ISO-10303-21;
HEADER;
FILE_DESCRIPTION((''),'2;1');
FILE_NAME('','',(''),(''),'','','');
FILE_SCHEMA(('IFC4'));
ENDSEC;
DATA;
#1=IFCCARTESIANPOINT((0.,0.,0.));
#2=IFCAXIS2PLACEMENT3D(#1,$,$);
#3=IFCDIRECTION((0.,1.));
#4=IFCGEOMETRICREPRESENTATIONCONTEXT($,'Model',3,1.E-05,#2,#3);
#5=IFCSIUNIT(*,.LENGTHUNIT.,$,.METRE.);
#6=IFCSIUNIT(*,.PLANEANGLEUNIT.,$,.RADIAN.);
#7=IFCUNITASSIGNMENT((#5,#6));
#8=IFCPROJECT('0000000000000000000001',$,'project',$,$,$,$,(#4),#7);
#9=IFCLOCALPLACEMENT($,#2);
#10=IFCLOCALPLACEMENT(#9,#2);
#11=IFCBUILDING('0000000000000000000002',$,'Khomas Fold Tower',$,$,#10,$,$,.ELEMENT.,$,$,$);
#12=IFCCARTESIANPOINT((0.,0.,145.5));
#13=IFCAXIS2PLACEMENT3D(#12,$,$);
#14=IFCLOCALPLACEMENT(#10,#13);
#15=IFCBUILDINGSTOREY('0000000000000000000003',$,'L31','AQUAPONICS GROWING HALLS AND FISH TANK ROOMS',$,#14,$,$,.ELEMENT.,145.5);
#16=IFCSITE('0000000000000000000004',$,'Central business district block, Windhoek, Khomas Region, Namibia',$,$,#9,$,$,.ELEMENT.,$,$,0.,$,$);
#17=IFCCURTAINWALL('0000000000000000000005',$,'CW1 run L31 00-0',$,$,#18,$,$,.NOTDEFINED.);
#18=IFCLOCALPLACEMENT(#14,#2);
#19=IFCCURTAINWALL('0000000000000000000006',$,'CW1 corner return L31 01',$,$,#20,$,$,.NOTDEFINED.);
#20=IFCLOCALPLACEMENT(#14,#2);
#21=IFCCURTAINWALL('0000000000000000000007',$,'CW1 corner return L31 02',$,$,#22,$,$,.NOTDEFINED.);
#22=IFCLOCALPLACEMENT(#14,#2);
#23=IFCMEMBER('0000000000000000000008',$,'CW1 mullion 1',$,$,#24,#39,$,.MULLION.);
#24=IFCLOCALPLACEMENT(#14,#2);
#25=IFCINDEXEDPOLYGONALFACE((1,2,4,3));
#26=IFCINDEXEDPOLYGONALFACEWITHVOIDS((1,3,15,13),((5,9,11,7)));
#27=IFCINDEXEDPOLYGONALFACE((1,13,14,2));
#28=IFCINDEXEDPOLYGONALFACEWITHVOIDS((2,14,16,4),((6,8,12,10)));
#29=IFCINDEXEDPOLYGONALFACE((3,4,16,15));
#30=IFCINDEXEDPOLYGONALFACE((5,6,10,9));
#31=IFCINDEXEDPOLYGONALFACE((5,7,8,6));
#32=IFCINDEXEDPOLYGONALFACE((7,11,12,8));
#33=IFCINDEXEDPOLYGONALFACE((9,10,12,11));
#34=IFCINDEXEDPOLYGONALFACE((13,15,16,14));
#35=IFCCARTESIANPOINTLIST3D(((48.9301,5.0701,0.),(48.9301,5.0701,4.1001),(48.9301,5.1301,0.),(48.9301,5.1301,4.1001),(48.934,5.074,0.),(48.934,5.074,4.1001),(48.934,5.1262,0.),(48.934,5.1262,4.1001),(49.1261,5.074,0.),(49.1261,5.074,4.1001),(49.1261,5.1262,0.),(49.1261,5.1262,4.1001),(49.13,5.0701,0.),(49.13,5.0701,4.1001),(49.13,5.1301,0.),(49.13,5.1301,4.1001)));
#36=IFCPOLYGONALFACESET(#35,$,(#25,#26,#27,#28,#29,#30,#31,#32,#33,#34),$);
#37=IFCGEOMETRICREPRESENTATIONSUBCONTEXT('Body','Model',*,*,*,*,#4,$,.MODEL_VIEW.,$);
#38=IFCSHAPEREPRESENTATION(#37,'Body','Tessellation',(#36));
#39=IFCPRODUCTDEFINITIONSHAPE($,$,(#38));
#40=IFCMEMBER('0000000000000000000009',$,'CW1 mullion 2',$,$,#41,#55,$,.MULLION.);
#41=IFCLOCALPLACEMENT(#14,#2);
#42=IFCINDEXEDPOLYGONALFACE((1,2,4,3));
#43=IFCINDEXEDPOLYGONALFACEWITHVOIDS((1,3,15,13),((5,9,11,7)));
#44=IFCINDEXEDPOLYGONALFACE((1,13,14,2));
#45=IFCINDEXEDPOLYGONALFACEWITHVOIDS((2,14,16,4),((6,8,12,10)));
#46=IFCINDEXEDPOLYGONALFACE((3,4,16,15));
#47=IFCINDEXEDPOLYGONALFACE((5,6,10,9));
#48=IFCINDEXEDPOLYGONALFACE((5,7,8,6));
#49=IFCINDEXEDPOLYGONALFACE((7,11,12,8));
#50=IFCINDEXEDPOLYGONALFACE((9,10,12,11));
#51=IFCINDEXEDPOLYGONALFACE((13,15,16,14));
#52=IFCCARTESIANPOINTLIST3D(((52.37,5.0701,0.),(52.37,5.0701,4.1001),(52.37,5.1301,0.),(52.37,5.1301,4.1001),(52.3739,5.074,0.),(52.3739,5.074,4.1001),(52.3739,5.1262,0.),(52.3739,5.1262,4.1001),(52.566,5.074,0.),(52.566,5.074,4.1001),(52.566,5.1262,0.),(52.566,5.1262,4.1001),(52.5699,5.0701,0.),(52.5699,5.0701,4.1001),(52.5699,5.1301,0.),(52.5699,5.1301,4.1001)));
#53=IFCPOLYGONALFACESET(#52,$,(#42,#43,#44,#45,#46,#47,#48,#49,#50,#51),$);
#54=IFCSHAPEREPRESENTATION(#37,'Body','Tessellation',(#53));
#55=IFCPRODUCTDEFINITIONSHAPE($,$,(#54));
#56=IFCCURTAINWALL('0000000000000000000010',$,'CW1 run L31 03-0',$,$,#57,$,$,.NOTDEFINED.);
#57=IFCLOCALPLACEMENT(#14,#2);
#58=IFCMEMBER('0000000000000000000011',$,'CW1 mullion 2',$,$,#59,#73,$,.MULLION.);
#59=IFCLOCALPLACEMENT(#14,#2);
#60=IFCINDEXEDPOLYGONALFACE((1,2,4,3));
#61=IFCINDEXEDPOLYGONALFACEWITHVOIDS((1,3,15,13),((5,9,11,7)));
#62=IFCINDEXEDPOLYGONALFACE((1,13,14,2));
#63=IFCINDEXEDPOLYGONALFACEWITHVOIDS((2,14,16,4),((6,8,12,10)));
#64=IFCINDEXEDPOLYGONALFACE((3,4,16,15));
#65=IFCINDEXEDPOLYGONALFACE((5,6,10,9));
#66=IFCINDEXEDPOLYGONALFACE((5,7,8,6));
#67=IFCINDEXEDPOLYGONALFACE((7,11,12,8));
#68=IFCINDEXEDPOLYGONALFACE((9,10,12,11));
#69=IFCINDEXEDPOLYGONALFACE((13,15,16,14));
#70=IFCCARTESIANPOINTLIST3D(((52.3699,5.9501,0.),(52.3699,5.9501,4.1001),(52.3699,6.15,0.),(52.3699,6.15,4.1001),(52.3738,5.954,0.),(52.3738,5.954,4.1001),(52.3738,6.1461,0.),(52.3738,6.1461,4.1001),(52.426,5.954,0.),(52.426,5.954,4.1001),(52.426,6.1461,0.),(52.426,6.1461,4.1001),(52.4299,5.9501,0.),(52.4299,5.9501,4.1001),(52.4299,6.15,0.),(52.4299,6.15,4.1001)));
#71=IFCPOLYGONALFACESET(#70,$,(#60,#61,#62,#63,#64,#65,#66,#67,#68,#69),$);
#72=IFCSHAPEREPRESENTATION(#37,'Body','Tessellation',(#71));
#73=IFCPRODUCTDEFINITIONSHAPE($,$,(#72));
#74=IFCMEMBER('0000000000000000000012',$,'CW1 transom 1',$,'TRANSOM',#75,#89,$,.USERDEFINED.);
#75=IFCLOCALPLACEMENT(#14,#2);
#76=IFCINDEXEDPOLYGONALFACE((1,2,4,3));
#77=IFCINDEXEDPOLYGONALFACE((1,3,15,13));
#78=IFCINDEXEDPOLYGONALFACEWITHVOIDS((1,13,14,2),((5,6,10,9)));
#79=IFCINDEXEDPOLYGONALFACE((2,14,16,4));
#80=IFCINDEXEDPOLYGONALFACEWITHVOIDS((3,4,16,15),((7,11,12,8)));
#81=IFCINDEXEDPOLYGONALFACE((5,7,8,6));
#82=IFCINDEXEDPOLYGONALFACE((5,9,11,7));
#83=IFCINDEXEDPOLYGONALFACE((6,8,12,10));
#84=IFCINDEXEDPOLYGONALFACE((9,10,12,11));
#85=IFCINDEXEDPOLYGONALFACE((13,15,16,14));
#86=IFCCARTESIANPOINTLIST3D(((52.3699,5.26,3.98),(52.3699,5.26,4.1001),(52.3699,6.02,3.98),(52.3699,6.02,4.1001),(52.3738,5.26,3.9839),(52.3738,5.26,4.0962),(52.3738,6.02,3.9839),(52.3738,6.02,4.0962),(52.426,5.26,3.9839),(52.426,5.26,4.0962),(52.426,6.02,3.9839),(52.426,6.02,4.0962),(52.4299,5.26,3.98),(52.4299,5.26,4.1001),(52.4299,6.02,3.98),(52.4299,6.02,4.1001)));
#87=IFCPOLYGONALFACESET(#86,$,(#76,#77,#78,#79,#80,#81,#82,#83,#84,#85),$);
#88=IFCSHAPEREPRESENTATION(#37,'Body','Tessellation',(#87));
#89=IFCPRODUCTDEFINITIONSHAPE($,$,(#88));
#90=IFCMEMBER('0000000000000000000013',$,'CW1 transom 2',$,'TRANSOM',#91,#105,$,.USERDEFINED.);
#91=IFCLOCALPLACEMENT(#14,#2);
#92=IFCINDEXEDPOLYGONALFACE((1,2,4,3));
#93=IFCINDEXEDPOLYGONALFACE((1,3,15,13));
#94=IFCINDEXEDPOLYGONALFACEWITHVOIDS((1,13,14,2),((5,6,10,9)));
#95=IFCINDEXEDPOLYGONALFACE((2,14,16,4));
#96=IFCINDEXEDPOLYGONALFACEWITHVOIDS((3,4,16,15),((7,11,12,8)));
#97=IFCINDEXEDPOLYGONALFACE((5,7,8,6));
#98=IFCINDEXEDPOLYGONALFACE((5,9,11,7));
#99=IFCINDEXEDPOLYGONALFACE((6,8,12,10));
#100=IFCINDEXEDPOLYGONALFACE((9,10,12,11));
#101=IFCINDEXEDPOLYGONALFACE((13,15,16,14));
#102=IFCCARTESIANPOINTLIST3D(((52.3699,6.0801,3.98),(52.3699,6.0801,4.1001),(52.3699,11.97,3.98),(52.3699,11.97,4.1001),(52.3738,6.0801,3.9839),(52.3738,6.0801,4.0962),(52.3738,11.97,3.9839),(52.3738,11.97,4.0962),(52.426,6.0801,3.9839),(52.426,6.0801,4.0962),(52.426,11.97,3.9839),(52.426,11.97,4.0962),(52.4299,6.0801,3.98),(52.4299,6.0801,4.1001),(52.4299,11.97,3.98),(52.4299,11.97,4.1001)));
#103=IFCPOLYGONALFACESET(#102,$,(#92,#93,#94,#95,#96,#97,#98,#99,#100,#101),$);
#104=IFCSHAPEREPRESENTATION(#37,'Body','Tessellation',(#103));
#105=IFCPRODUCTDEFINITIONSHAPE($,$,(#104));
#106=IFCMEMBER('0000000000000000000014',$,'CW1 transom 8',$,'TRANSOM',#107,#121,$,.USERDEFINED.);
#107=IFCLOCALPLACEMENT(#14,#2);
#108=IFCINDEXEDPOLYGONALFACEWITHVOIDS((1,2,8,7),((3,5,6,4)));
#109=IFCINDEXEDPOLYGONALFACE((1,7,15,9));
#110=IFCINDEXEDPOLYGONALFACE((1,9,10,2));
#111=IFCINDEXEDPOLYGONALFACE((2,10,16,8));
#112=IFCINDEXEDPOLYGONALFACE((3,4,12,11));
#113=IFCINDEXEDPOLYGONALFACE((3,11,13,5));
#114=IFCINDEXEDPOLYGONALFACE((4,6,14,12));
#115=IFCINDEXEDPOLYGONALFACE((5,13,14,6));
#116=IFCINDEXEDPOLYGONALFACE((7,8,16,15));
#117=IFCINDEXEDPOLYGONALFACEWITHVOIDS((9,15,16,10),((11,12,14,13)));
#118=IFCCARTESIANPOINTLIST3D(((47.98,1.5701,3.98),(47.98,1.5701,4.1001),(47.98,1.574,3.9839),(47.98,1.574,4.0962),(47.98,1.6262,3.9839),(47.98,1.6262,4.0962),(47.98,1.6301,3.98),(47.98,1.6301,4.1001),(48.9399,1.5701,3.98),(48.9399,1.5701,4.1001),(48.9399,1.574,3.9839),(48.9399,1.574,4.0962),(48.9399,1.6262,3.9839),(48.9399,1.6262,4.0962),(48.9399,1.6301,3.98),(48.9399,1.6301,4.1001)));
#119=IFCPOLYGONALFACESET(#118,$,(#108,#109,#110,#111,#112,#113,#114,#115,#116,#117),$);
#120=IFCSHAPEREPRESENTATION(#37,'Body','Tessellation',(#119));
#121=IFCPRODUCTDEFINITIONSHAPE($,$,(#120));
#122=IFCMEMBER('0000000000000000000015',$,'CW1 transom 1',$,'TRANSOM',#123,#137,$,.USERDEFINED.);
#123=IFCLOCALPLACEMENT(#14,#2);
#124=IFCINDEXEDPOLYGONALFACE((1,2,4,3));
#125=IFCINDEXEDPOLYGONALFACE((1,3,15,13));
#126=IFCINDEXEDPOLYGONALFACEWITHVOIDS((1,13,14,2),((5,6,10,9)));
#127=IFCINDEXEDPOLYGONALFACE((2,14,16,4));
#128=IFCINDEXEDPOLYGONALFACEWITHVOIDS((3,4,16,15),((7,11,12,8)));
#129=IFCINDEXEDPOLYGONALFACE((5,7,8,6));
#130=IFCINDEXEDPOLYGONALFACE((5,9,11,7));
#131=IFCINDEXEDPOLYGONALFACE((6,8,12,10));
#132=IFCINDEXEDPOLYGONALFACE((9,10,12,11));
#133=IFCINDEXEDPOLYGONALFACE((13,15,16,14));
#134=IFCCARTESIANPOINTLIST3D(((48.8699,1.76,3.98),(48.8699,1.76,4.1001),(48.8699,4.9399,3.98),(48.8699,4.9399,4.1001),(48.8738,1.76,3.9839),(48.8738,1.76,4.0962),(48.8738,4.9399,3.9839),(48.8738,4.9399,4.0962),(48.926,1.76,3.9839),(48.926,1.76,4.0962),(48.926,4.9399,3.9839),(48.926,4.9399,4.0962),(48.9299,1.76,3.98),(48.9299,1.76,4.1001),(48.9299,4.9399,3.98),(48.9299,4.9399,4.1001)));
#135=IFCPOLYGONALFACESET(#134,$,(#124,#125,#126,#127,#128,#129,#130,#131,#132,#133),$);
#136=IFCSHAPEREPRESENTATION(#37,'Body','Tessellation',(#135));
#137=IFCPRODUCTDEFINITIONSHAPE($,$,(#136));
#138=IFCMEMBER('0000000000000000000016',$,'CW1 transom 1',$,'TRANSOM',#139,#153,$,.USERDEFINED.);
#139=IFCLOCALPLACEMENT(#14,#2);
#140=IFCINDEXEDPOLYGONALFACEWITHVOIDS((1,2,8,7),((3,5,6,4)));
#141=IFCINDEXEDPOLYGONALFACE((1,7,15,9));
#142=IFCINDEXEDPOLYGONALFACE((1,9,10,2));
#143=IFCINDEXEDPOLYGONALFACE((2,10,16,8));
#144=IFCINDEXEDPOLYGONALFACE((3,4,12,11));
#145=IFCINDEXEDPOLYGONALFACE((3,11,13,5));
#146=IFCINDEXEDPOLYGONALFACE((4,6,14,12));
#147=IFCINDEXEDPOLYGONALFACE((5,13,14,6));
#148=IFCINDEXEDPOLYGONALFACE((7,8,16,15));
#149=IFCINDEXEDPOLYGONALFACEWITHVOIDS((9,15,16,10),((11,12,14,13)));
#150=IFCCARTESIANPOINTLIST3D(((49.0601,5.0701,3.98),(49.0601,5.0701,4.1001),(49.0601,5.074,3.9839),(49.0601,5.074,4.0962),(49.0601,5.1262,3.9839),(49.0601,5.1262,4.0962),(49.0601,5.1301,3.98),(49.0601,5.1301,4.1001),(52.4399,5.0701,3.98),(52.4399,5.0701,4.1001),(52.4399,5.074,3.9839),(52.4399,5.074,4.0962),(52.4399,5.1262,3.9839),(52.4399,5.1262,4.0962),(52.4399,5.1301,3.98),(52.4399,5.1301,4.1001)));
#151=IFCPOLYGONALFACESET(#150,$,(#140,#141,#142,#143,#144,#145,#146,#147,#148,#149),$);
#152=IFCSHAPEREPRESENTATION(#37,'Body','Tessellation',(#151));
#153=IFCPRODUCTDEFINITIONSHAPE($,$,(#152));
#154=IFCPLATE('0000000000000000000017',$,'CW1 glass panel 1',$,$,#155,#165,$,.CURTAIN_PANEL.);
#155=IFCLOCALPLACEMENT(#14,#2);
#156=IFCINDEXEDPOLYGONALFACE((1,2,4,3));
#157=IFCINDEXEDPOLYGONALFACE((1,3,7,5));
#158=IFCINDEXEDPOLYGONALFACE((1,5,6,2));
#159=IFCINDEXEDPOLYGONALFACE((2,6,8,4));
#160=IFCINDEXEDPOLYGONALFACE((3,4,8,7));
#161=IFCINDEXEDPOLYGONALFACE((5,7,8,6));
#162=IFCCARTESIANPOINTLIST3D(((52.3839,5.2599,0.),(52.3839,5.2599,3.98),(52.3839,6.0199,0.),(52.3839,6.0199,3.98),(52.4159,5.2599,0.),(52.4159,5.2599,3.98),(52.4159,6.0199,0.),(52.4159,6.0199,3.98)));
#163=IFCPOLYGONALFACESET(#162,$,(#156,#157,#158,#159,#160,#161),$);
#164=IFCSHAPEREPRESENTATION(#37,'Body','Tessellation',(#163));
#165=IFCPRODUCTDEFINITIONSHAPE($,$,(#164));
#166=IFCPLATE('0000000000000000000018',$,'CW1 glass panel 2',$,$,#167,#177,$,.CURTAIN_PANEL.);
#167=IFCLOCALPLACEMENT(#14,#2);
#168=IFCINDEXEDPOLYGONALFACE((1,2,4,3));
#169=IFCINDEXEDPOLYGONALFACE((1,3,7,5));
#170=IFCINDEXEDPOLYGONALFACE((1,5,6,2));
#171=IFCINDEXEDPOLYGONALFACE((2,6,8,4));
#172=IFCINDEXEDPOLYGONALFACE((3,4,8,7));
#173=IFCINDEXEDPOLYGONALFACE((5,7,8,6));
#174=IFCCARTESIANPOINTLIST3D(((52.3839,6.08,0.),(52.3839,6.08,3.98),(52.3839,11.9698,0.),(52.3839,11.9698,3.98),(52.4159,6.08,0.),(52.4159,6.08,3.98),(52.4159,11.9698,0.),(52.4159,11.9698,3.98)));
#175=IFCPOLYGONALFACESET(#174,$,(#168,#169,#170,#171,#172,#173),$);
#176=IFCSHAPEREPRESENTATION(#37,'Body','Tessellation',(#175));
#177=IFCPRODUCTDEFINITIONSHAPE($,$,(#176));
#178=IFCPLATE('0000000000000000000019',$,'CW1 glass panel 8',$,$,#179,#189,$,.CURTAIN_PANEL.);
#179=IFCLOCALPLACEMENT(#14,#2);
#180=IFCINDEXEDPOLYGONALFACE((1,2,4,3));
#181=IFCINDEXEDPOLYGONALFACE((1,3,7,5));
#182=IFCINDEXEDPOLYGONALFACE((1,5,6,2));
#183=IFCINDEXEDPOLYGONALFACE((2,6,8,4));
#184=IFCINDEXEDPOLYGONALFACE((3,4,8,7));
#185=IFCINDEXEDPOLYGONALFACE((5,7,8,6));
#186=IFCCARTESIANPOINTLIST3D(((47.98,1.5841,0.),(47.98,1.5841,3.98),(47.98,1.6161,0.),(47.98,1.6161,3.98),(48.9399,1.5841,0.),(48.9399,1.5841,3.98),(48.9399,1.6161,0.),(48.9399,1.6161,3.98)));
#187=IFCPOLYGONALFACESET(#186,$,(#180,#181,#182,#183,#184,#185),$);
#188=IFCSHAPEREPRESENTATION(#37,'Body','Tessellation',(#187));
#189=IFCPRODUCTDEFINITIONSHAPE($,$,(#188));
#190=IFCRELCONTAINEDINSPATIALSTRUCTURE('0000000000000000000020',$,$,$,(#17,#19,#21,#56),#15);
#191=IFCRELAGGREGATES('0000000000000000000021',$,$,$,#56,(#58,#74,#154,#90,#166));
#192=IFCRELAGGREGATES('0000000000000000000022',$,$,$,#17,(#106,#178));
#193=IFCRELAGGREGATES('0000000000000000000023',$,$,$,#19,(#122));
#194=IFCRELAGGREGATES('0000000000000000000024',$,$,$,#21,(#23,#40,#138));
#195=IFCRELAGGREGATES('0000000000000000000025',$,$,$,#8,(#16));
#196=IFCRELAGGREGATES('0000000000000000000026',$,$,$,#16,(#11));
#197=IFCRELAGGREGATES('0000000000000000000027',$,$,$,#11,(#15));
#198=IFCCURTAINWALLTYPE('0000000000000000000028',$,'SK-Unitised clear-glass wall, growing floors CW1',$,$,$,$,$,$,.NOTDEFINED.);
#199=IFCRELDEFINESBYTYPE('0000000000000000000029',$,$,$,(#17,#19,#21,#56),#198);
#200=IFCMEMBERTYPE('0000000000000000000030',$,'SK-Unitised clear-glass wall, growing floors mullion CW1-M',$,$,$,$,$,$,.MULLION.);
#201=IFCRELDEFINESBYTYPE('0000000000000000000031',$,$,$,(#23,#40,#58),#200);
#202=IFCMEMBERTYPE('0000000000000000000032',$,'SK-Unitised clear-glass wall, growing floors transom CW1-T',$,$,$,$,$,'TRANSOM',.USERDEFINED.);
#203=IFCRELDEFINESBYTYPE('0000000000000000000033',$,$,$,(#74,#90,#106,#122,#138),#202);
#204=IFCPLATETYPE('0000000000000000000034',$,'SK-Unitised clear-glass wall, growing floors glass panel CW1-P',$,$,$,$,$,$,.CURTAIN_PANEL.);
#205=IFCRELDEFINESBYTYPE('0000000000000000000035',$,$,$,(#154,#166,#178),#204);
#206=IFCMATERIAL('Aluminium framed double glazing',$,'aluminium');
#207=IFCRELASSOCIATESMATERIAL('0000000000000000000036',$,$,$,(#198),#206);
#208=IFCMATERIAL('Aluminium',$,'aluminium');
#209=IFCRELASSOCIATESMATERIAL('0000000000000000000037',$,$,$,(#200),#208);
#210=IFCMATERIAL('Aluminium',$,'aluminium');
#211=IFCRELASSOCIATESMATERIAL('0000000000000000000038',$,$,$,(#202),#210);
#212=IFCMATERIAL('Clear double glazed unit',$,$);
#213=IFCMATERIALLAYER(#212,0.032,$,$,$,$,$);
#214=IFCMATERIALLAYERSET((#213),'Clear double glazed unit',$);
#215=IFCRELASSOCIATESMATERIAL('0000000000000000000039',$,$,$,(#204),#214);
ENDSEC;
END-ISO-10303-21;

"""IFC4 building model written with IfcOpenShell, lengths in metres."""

from ifc_helpers import new_model, si_unit, direction, frame, origin, origin_2d, place, context, subcontext, project, spatial, rectangle, hollow_rectangle, extrude, source, transform, mapped, material, layer, layer_set, material_profile, profile_set, type_object, element, aggregate, save


model = new_model("IFC4")

# Units and contexts
model_context = context("Model", 3, precision=1e-05, world=origin(), true_north=direction((0.0, 1.0)))
body_context = subcontext(model_context, "Body", "Model", "MODEL_VIEW")
ifc_project = project(units=[si_unit("LENGTHUNIT", "METRE"), si_unit("PLANEANGLEUNIT", "RADIAN")], contexts=[model_context])

# Site, building, storey
site_placement = place(None, origin())
site = spatial("IfcSite", under=ifc_project, at=site_placement, Name="Central business district block, Windhoek, Khomas Region, Namibia", CompositionType="ELEMENT", RefElevation=0.0)
building_placement = place(site_placement, origin())
building = spatial("IfcBuilding", under=site, at=building_placement, Name="Khomas Fold Tower", CompositionType="ELEMENT")
storey_placement = place(building_placement, frame((0.0, 0.0, 145.5)))
storey = spatial("IfcBuildingStorey", under=building, at=storey_placement, Name="L31", Description="AQUAPONICS GROWING HALLS AND FISH TANK ROOMS", CompositionType="ELEMENT", Elevation=145.5)

# Curtain wall
ifc_material_1 = material(Name="Aluminium framed double glazing", Category="aluminium")
curtain_wall_type = type_object("IfcCurtainWallType", Name="SK-Unitised clear-glass wall, growing floors CW1", PredefinedType="NOTDEFINED", material=ifc_material_1)
curtain_wall_1_placement = place(storey_placement, origin())
curtain_wall_1 = element("IfcCurtainWall", 1, at=curtain_wall_1_placement, inside=storey, type_object=curtain_wall_type, Name="CW1 run L31 00-0", PredefinedType="NOTDEFINED")
ifc_material_2 = material(Name="Aluminium", Category="aluminium")
ifc_material_profile_1 = material_profile(ifc_material_2, hollow_rectangle(XDim=0.0601, YDim=0.2, WallThickness=0.0039, at=origin_2d()), Name="SK-Unitised clear-glass wall, growing floors mullion CW1-M")
ifc_profile_set_1 = profile_set([ifc_material_profile_1], Name="Aluminium")
member_type_1 = type_object("IfcMemberType", Name="SK-Unitised clear-glass wall, growing floors mullion CW1-M", PredefinedType="MULLION", material=ifc_profile_set_1)
shared_shape_1 = source(origin(), body_context, "Body", "SweptSolid", [
    extrude(hollow_rectangle(XDim=0.0601, YDim=0.2, WallThickness=0.0039, at=origin_2d()), origin(), (0.0, 0.0, 1.0), 4.1001),
])

# Curtain walls, members
curtain_wall_2_placement = place(storey_placement, origin())
curtain_wall_2 = element("IfcCurtainWall", 2, at=curtain_wall_2_placement, inside=storey, type_object=curtain_wall_type, Name="CW1 corner return L31 01", PredefinedType="NOTDEFINED")
curtain_wall_3_placement = place(storey_placement, origin())
curtain_wall_3 = element("IfcCurtainWall", 3, at=curtain_wall_3_placement, inside=storey, type_object=curtain_wall_type, Name="CW1 corner return L31 02", PredefinedType="NOTDEFINED")
member_1_placement = place(storey_placement, frame((49.03, 5.1001, 0.0), z_axis=(0.0, 0.0, 1.0), x_axis=(0.0, 1.0, 0.0)))
member_1 = element("IfcMember", 4, at=member_1_placement, type_object=member_type_1, Name="CW1 mullion 1", PredefinedType="MULLION", context=body_context, shape_type="MappedRepresentation", body=[
    mapped(shared_shape_1, transform((0.0, 0.0, 0.0))),
])
member_2_placement = place(storey_placement, frame((52.47, 5.1001, 0.0), z_axis=(0.0, 0.0, 1.0), x_axis=(0.0, 1.0, 0.0)))
member_2 = element("IfcMember", 5, at=member_2_placement, type_object=member_type_1, Name="CW1 mullion 2", PredefinedType="MULLION", context=body_context, shape_type="MappedRepresentation", body=[
    mapped(shared_shape_1, transform((0.0, 0.0, 0.0))),
])
curtain_wall_4_placement = place(storey_placement, origin())
curtain_wall_4 = element("IfcCurtainWall", 6, at=curtain_wall_4_placement, inside=storey, type_object=curtain_wall_type, Name="CW1 run L31 03-0", PredefinedType="NOTDEFINED")
member_3_placement = place(storey_placement, frame((52.3999, 6.05, 0.0), z_axis=(0.0, 0.0, 1.0), x_axis=(-1.0, 0.0, 0.0)))
member_3 = element("IfcMember", 7, at=member_3_placement, type_object=member_type_1, Name="CW1 mullion 2", PredefinedType="MULLION", context=body_context, shape_type="MappedRepresentation", body=[
    mapped(shared_shape_1, transform((0.0, 0.0, 0.0))),
])
ifc_material_3 = material(Name="Aluminium", Category="aluminium")
ifc_material_profile_2 = material_profile(ifc_material_3, hollow_rectangle(XDim=0.0601, YDim=0.1201, WallThickness=0.0039, at=origin_2d()), Name="SK-Unitised clear-glass wall, growing floors transom CW1-T")
ifc_profile_set_2 = profile_set([ifc_material_profile_2], Name="Aluminium")
member_type_2 = type_object("IfcMemberType", Name="SK-Unitised clear-glass wall, growing floors transom CW1-T", ElementType="TRANSOM", PredefinedType="USERDEFINED", material=ifc_profile_set_2)
shared_shape_2 = source(origin(), body_context, "Body", "SweptSolid", [
    extrude(hollow_rectangle(XDim=0.0601, YDim=0.1201, WallThickness=0.0039, at=origin_2d()), origin(), (0.0, 0.0, 1.0), 0.76),
])
member_4_placement = place(storey_placement, frame((52.3999, 5.26, 4.04), z_axis=(0.0, 1.0, 0.0), x_axis=(-1.0, 0.0, 0.0)))
member_4 = element("IfcMember", 8, at=member_4_placement, type_object=member_type_2, Name="CW1 transom 1", ObjectType="TRANSOM", PredefinedType="USERDEFINED", context=body_context, shape_type="MappedRepresentation", body=[
    mapped(shared_shape_2, transform((0.0, 0.0, 0.0))),
])
shared_shape_3 = source(origin(), body_context, "Body", "SweptSolid", [
    extrude(hollow_rectangle(XDim=0.0601, YDim=0.1201, WallThickness=0.0039, at=origin_2d()), origin(), (0.0, 0.0, 1.0), 5.8899),
])
member_5_placement = place(storey_placement, frame((52.3999, 6.0801, 4.04), z_axis=(0.0, 1.0, 0.0), x_axis=(-1.0, 0.0, 0.0)))
member_5 = element("IfcMember", 9, at=member_5_placement, type_object=member_type_2, Name="CW1 transom 2", ObjectType="TRANSOM", PredefinedType="USERDEFINED", context=body_context, shape_type="MappedRepresentation", body=[
    mapped(shared_shape_3, transform((0.0, 0.0, 0.0))),
])

# Members
shared_shape_4 = source(origin(), body_context, "Body", "SweptSolid", [
    extrude(hollow_rectangle(XDim=0.0601, YDim=0.1201, WallThickness=0.0039, at=origin_2d()), origin(), (0.0, 0.0, 1.0), 0.96),
])
member_6_placement = place(storey_placement, frame((47.98, 1.6001, 4.04), z_axis=(1.0, 0.0, 0.0), x_axis=(0.0, 1.0, 0.0)))
member_6 = element("IfcMember", 10, at=member_6_placement, type_object=member_type_2, Name="CW1 transom 8", ObjectType="TRANSOM", PredefinedType="USERDEFINED", context=body_context, shape_type="MappedRepresentation", body=[
    mapped(shared_shape_4, transform((0.0, 0.0, 0.0))),
])
shared_shape_5 = source(origin(), body_context, "Body", "SweptSolid", [
    extrude(hollow_rectangle(XDim=0.0601, YDim=0.1201, WallThickness=0.0039, at=origin_2d()), origin(), (0.0, 0.0, 1.0), 3.1799),
])
member_7_placement = place(storey_placement, frame((48.8999, 1.76, 4.04), z_axis=(0.0, 1.0, 0.0), x_axis=(-1.0, 0.0, 0.0)))
member_7 = element("IfcMember", 11, at=member_7_placement, type_object=member_type_2, Name="CW1 transom 1", ObjectType="TRANSOM", PredefinedType="USERDEFINED", context=body_context, shape_type="MappedRepresentation", body=[
    mapped(shared_shape_5, transform((0.0, 0.0, 0.0))),
])
shared_shape_6 = source(origin(), body_context, "Body", "SweptSolid", [
    extrude(hollow_rectangle(XDim=0.0601, YDim=0.1201, WallThickness=0.0039, at=origin_2d()), origin(), (0.0, 0.0, 1.0), 3.3799),
])
member_8_placement = place(storey_placement, frame((49.0601, 5.1001, 4.04), z_axis=(1.0, 0.0, 0.0), x_axis=(0.0, 1.0, 0.0)))
member_8 = element("IfcMember", 12, at=member_8_placement, type_object=member_type_2, Name="CW1 transom 1", ObjectType="TRANSOM", PredefinedType="USERDEFINED", context=body_context, shape_type="MappedRepresentation", body=[
    mapped(shared_shape_6, transform((0.0, 0.0, 0.0))),
])

# Plates
ifc_material_4 = material(Name="Clear double glazed unit")
ifc_layer = layer(ifc_material_4, 0.032)
ifc_layer_set = layer_set([ifc_layer], Name="Clear double glazed unit")
plate_type = type_object("IfcPlateType", Name="SK-Unitised clear-glass wall, growing floors glass panel CW1-P", PredefinedType="CURTAIN_PANEL", material=ifc_layer_set)
shared_shape_7 = source(origin(), body_context, "Body", "SweptSolid", [
    extrude(rectangle(XDim=0.76, YDim=0.032, at=origin_2d()), origin(), (0.0, 0.0, 1.0), 3.98),
])
plate_1_placement = place(storey_placement, frame((52.3999, 5.6399, 0.0), z_axis=(0.0, 0.0, 1.0), x_axis=(0.0, 1.0, 0.0)))
plate_1 = element("IfcPlate", 13, at=plate_1_placement, type_object=plate_type, Name="CW1 glass panel 1", PredefinedType="CURTAIN_PANEL", context=body_context, shape_type="MappedRepresentation", body=[
    mapped(shared_shape_7, transform((0.0, 0.0, 0.0))),
])
shared_shape_8 = source(origin(), body_context, "Body", "SweptSolid", [
    extrude(rectangle(XDim=5.8899, YDim=0.032, at=origin_2d()), origin(), (0.0, 0.0, 1.0), 3.98),
])
plate_2_placement = place(storey_placement, frame((52.3999, 9.0249, 0.0), z_axis=(0.0, 0.0, 1.0), x_axis=(0.0, 1.0, 0.0)))
plate_2 = element("IfcPlate", 14, at=plate_2_placement, type_object=plate_type, Name="CW1 glass panel 2", PredefinedType="CURTAIN_PANEL", context=body_context, shape_type="MappedRepresentation", body=[
    mapped(shared_shape_8, transform((0.0, 0.0, 0.0))),
])
aggregate(curtain_wall_4, [member_3, member_4, plate_1, member_5, plate_2])
shared_shape_9 = source(origin(), body_context, "Body", "SweptSolid", [
    extrude(rectangle(XDim=0.96, YDim=0.032, at=origin_2d()), origin(), (0.0, 0.0, 1.0), 3.98),
])
plate_3_placement = place(storey_placement, frame((48.46, 1.6001, 0.0), z_axis=(0.0, 0.0, 1.0), x_axis=(1.0, 0.0, 0.0)))
plate_3 = element("IfcPlate", 15, at=plate_3_placement, type_object=plate_type, Name="CW1 glass panel 8", PredefinedType="CURTAIN_PANEL", context=body_context, shape_type="MappedRepresentation", body=[
    mapped(shared_shape_9, transform((0.0, 0.0, 0.0))),
])
aggregate(curtain_wall_1, [member_6, plate_3])
aggregate(curtain_wall_2, [member_7])
aggregate(curtain_wall_3, [member_1, member_2, member_8])

save(model, "model.ifc")
